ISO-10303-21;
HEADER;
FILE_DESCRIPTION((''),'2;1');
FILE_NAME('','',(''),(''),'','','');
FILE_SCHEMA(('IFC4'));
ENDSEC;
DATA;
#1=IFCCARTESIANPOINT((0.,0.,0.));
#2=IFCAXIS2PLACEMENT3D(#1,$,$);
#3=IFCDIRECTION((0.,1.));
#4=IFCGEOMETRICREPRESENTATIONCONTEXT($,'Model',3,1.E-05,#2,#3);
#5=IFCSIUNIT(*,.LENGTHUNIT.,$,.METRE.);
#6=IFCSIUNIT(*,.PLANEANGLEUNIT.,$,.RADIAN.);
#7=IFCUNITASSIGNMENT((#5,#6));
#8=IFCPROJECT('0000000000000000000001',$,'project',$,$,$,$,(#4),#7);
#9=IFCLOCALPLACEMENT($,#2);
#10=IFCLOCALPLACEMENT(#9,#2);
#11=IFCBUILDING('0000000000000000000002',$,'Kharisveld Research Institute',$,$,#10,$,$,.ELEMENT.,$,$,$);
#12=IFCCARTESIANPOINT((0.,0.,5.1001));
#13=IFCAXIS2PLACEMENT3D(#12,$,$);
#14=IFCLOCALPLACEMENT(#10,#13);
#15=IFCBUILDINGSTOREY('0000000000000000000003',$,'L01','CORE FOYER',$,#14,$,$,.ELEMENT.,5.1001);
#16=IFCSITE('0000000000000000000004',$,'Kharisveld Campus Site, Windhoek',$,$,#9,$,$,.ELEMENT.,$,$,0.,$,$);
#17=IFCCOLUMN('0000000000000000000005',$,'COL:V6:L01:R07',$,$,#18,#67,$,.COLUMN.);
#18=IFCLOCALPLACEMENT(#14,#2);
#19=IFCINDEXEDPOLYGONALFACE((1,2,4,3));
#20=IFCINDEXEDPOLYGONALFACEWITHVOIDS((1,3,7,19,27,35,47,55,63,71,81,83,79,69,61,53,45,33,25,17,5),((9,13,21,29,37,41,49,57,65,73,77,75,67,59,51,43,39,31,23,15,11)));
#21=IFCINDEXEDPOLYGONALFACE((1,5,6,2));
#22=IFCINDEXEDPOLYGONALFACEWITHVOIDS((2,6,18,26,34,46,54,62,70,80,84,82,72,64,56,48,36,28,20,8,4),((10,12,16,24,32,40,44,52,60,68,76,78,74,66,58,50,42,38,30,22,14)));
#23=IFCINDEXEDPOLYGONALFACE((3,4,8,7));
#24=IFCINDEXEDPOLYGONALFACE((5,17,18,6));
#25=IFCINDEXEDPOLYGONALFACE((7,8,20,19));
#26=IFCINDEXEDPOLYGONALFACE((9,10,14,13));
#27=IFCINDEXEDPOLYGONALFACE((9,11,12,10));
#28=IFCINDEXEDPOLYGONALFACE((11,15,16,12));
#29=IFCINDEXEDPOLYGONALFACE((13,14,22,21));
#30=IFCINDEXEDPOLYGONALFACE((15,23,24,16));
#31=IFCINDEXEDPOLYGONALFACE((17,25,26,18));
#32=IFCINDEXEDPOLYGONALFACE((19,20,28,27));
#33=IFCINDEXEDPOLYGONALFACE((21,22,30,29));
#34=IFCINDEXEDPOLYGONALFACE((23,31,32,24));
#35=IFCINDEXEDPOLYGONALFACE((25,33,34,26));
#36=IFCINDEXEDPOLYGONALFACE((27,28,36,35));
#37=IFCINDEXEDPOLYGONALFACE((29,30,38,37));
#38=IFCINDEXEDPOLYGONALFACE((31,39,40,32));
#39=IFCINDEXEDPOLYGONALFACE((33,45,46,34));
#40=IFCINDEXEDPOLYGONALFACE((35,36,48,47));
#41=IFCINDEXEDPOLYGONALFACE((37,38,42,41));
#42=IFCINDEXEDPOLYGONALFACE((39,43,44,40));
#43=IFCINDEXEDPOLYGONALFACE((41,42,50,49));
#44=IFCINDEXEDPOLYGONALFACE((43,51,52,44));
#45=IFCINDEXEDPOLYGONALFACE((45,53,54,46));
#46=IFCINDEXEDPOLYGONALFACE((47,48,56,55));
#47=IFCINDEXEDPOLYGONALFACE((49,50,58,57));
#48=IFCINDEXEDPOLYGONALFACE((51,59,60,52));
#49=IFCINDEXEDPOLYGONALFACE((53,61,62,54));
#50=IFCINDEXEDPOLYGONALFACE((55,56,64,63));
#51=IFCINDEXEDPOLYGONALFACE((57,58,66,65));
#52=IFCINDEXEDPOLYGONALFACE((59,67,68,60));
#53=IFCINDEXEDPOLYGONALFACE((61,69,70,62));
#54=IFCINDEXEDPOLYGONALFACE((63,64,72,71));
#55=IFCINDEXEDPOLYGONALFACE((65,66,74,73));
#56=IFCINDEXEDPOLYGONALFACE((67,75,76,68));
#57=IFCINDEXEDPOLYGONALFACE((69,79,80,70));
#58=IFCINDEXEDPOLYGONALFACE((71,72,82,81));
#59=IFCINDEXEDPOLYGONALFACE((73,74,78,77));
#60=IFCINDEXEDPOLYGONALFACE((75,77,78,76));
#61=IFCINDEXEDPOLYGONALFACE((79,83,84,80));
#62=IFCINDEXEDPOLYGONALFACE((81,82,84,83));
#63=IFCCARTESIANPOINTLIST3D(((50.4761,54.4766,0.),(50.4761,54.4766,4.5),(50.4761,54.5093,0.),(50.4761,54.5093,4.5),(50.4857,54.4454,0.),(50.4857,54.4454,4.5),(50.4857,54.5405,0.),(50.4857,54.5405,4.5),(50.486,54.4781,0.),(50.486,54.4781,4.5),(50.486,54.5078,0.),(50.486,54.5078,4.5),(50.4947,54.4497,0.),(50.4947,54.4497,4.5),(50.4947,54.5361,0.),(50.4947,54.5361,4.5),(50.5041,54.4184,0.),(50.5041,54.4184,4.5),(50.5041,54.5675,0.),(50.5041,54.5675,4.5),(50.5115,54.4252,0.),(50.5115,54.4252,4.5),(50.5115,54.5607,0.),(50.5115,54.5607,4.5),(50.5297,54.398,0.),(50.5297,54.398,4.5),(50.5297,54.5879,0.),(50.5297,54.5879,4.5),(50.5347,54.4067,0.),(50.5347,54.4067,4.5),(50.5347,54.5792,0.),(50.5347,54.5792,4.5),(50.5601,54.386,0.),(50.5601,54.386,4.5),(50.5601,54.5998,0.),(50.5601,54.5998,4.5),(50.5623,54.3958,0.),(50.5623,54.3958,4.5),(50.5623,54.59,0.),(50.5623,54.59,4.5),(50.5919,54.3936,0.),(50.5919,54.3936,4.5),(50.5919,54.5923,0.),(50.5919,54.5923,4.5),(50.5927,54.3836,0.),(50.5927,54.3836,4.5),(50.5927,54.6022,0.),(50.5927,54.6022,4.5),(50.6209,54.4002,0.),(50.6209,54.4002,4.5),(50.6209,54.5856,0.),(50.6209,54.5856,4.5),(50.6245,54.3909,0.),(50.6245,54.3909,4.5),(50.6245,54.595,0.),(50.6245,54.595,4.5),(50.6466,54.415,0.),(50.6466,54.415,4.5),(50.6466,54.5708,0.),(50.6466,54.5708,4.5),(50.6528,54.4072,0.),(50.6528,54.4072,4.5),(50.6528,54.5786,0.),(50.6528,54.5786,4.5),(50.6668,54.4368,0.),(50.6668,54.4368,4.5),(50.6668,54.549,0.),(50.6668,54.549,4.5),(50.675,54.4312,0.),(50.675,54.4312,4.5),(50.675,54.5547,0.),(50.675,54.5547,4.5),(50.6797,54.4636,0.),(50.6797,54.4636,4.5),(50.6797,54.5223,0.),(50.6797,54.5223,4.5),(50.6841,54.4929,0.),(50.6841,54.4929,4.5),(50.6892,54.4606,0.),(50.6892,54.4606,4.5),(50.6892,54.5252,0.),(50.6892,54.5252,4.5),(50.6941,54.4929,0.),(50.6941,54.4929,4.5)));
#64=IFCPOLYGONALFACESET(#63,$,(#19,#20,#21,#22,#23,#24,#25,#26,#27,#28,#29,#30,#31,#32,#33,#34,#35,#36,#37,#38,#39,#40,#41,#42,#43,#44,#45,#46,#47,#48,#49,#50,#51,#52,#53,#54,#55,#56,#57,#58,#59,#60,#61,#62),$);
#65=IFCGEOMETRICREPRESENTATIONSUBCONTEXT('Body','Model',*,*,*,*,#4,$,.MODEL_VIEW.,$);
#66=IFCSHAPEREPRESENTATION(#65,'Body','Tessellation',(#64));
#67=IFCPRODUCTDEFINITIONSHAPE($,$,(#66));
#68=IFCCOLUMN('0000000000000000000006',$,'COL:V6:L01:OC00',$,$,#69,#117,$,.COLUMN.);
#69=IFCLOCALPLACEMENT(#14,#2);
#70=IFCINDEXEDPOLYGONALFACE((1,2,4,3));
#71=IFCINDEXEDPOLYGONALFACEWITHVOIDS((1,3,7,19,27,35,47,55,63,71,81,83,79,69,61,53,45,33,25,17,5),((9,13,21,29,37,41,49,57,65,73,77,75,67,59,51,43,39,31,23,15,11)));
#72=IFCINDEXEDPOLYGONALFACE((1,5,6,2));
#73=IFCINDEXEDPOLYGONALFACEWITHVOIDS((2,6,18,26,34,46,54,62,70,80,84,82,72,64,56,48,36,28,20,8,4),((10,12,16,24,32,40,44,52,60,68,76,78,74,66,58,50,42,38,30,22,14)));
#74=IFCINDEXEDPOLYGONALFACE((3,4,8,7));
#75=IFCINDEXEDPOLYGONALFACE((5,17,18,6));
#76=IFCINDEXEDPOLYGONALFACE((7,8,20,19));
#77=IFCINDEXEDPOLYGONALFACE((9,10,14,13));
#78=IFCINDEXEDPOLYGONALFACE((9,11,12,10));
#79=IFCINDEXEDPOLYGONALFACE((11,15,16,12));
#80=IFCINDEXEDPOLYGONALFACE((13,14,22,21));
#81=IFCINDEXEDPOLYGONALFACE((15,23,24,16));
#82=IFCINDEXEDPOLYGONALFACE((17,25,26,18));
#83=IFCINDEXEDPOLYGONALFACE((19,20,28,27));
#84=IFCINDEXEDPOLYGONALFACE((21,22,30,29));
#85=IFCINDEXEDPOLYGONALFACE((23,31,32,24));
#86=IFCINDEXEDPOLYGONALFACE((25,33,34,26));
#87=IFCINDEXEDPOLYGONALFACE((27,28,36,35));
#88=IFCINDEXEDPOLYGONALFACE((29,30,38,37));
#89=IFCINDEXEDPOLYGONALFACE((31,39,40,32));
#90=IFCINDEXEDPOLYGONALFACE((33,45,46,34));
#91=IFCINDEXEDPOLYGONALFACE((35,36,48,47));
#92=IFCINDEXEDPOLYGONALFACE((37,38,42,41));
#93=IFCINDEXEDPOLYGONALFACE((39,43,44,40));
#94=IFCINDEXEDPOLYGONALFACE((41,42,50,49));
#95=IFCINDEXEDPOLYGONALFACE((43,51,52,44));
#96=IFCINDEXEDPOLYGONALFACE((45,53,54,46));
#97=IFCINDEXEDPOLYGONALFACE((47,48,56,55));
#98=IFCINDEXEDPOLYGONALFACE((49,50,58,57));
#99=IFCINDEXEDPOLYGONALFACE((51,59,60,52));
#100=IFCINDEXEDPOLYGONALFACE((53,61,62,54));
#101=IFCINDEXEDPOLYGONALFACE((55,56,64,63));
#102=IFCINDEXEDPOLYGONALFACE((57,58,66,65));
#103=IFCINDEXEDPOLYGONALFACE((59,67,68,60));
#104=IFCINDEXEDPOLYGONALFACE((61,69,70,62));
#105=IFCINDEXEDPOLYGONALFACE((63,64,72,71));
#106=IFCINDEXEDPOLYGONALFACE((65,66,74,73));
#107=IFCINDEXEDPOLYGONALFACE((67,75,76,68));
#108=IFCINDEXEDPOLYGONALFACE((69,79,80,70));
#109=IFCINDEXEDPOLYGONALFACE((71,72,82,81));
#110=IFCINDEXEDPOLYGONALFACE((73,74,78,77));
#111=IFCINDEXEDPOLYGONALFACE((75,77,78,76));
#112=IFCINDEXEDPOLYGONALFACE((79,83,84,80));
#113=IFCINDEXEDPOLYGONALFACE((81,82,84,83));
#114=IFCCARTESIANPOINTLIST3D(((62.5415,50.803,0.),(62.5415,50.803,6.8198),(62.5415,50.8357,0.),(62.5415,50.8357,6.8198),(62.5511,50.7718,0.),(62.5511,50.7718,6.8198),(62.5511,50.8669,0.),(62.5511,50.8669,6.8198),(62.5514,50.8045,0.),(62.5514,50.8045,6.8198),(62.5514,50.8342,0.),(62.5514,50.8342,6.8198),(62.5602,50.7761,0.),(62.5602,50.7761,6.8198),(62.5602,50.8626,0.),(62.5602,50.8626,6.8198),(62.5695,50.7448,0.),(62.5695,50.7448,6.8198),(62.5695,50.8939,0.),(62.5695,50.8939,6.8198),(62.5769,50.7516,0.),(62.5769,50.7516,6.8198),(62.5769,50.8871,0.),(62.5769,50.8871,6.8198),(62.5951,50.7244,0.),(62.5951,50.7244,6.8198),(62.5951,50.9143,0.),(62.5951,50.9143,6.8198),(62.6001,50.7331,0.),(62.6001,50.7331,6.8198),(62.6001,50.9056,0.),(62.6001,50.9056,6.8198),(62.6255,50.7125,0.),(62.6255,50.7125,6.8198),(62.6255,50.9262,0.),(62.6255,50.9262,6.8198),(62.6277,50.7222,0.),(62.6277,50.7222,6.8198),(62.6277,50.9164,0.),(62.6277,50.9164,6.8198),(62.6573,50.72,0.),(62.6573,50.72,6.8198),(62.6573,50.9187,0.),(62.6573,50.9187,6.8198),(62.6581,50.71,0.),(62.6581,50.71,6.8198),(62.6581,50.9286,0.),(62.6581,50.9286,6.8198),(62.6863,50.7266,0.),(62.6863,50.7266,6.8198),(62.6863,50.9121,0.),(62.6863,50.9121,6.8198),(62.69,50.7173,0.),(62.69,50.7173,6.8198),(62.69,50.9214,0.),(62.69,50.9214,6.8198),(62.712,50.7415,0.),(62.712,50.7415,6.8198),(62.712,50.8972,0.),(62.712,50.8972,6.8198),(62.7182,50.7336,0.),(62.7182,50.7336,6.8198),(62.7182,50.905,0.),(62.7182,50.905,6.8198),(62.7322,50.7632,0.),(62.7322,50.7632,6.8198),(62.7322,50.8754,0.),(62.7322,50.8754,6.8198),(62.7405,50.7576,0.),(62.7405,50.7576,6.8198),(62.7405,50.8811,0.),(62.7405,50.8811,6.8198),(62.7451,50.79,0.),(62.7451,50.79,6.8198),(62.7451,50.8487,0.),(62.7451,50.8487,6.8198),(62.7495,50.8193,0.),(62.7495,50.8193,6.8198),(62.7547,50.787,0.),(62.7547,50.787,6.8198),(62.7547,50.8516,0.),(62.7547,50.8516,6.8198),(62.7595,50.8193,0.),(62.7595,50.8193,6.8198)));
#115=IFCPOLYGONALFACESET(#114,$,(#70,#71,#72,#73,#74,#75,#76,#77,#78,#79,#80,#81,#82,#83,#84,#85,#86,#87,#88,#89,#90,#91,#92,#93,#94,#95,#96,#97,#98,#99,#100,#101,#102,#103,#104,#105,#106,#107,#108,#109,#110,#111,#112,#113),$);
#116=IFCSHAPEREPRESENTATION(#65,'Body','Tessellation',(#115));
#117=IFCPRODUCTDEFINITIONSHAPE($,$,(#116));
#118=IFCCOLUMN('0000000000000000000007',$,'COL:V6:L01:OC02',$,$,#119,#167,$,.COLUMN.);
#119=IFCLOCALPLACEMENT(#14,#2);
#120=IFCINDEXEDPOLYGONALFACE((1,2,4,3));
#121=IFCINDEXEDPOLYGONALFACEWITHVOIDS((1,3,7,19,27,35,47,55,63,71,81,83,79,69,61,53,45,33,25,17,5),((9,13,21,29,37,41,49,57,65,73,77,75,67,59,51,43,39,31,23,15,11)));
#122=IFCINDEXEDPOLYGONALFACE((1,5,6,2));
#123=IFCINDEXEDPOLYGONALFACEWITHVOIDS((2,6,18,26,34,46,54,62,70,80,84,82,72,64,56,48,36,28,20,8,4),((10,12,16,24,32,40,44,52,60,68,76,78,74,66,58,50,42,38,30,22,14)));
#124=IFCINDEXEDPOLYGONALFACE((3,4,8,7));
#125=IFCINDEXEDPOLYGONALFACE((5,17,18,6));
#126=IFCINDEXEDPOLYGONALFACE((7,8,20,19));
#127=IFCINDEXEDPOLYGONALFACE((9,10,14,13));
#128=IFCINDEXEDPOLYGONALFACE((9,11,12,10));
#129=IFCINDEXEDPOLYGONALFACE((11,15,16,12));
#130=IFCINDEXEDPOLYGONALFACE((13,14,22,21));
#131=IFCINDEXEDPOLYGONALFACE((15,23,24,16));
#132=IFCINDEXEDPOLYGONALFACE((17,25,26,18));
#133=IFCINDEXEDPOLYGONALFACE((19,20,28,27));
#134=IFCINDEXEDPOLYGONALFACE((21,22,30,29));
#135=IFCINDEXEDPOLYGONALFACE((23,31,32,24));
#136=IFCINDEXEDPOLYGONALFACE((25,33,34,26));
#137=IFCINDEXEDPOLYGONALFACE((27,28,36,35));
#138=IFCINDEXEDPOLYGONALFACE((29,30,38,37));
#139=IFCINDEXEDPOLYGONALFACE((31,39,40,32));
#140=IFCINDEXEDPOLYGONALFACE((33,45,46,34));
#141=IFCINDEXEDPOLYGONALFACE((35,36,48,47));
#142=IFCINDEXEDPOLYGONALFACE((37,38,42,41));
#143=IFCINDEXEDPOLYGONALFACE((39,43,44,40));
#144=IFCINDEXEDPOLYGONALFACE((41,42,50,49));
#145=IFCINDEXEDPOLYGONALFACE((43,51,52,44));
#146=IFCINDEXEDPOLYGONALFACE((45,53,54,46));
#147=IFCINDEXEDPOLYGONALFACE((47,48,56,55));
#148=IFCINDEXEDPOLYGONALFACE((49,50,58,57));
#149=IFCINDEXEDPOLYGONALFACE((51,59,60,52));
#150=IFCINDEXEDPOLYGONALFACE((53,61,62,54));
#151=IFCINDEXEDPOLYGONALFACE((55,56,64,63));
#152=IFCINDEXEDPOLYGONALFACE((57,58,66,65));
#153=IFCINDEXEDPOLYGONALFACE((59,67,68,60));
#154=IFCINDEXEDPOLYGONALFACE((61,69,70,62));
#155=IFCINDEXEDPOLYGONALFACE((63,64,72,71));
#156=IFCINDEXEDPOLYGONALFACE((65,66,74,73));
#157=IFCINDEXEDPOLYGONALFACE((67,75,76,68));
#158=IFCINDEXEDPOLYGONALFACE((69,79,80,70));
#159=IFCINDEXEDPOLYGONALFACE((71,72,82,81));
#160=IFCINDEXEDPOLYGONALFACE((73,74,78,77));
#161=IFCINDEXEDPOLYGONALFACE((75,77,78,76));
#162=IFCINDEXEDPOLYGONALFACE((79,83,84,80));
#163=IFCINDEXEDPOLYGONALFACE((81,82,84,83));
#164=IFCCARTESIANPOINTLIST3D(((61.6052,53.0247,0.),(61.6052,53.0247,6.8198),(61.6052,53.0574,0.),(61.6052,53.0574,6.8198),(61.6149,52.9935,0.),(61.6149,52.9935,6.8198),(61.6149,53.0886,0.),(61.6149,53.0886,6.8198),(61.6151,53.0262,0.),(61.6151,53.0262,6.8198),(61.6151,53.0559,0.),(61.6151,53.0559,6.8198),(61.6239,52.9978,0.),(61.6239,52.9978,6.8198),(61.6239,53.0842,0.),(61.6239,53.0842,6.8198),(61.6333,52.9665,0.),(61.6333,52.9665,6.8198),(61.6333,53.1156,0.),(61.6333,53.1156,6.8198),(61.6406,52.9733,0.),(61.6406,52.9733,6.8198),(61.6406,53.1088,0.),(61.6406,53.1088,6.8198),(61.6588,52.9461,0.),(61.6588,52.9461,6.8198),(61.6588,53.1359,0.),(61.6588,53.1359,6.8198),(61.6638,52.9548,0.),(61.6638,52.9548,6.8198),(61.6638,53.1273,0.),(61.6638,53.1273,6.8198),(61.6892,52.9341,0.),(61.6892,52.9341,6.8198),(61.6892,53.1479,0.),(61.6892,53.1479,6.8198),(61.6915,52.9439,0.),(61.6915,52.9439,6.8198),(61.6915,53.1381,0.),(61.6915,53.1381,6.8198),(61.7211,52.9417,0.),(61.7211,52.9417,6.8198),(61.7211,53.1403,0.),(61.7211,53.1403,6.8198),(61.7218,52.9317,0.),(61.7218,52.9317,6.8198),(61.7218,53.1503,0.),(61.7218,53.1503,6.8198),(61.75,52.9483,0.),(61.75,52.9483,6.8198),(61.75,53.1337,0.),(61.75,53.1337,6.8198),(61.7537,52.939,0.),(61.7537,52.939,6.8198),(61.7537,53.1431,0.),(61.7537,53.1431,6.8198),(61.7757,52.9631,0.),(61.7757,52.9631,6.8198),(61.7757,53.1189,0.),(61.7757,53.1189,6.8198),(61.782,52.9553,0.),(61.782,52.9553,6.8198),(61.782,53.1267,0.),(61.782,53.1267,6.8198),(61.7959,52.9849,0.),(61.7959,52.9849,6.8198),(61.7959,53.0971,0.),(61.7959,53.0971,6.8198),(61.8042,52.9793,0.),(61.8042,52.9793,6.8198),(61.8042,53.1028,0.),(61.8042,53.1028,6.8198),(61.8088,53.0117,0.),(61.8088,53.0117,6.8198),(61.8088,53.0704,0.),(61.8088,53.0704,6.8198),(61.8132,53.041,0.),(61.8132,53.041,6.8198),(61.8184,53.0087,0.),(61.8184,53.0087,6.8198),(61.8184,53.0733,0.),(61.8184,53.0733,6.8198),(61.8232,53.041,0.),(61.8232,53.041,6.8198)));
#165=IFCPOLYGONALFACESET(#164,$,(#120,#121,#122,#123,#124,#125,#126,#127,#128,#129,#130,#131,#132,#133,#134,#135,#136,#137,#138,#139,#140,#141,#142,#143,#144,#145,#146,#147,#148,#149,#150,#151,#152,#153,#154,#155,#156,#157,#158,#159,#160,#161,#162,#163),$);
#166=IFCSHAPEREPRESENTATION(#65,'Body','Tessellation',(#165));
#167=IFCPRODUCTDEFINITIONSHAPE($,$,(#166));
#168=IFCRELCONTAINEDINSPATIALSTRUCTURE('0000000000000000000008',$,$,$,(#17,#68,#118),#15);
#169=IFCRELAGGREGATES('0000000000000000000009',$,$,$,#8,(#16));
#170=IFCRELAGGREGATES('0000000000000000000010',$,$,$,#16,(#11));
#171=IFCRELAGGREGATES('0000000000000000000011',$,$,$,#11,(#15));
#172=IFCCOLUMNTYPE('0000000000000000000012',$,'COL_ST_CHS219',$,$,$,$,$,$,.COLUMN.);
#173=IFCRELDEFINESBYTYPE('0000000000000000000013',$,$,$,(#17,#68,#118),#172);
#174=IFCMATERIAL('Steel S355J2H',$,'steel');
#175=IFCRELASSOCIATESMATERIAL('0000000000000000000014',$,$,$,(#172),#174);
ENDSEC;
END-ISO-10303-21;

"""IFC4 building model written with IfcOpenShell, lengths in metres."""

from ifc_helpers import new_model, si_unit, direction, frame, origin, origin_2d, place, context, subcontext, project, spatial, hollow_circle, extrude, material, material_profile, profile_set, type_object, element, save


model = new_model("IFC4")

# Units and contexts
model_context = context("Model", 3, precision=1e-05, world=origin(), true_north=direction((0.0, 1.0)))
body_context = subcontext(model_context, "Body", "Model", "MODEL_VIEW")
ifc_project = project(units=[si_unit("LENGTHUNIT", "METRE"), si_unit("PLANEANGLEUNIT", "RADIAN")], contexts=[model_context])

# Site, building, storey
site_placement = place(None, origin())
site = spatial("IfcSite", under=ifc_project, at=site_placement, Name="Kharisveld Campus Site, Windhoek", CompositionType="ELEMENT", RefElevation=0.0)
building_placement = place(site_placement, origin())
building = spatial("IfcBuilding", under=site, at=building_placement, Name="Kharisveld Research Institute", CompositionType="ELEMENT")
storey_placement = place(building_placement, frame((0.0, 0.0, 5.1001)))
storey = spatial("IfcBuildingStorey", under=building, at=storey_placement, Name="L01", Description="CORE FOYER", CompositionType="ELEMENT", Elevation=5.1001)

# Columns
ifc_material_1 = material(Name="Steel S355J2H", Category="steel")
ifc_material_profile_1 = material_profile(ifc_material_1, hollow_circle(Radius=0.1096, WallThickness=0.01, at=origin_2d()))
ifc_profile_set_1 = profile_set([ifc_material_profile_1], Name="Steel S355J2H")
column_type = type_object("IfcColumnType", Name="COL_ST_CHS219", PredefinedType="COLUMN", material=ifc_profile_set_1)
column_placement = place(storey_placement, frame((50.5845, 54.4929, 0.0), z_axis=(0.0, 0.0, 1.0), x_axis=(1.0, 0.0, 0.0)))
element("IfcColumn", 1, at=column_placement, inside=storey, type_object=column_type, Name="COL:V6:L01:R07", PredefinedType="COLUMN", context=body_context, shape_type="SweptSolid", body=[
    extrude(hollow_circle(Radius=0.1096, WallThickness=0.01, at=origin_2d()), origin(), (0.0, 0.0, 1.0), 4.5),
])
for number, where, z_axis, x_axis, name in (
    (2, (62.6499, 50.8193, 0.0), (0.0, 0.0, 1.0), (1.0, 0.0, 0.0), "COL:V6:L01:OC00"),
    (3, (61.7136, 53.041, 0.0), (0.0, 0.0, 1.0), (1.0, 0.0, 0.0), "COL:V6:L01:OC02"),
):
    element("IfcColumn", number, at=place(storey_placement, frame(where, z_axis=z_axis, x_axis=x_axis)), inside=storey, type_object=column_type, Name=name, PredefinedType="COLUMN", context=body_context, shape_type="SweptSolid", body=[
        extrude(hollow_circle(Radius=0.1096, WallThickness=0.01, at=origin_2d()), origin(), (0.0, 0.0, 1.0), 6.8198),
    ])

save(model, "model.ifc")
